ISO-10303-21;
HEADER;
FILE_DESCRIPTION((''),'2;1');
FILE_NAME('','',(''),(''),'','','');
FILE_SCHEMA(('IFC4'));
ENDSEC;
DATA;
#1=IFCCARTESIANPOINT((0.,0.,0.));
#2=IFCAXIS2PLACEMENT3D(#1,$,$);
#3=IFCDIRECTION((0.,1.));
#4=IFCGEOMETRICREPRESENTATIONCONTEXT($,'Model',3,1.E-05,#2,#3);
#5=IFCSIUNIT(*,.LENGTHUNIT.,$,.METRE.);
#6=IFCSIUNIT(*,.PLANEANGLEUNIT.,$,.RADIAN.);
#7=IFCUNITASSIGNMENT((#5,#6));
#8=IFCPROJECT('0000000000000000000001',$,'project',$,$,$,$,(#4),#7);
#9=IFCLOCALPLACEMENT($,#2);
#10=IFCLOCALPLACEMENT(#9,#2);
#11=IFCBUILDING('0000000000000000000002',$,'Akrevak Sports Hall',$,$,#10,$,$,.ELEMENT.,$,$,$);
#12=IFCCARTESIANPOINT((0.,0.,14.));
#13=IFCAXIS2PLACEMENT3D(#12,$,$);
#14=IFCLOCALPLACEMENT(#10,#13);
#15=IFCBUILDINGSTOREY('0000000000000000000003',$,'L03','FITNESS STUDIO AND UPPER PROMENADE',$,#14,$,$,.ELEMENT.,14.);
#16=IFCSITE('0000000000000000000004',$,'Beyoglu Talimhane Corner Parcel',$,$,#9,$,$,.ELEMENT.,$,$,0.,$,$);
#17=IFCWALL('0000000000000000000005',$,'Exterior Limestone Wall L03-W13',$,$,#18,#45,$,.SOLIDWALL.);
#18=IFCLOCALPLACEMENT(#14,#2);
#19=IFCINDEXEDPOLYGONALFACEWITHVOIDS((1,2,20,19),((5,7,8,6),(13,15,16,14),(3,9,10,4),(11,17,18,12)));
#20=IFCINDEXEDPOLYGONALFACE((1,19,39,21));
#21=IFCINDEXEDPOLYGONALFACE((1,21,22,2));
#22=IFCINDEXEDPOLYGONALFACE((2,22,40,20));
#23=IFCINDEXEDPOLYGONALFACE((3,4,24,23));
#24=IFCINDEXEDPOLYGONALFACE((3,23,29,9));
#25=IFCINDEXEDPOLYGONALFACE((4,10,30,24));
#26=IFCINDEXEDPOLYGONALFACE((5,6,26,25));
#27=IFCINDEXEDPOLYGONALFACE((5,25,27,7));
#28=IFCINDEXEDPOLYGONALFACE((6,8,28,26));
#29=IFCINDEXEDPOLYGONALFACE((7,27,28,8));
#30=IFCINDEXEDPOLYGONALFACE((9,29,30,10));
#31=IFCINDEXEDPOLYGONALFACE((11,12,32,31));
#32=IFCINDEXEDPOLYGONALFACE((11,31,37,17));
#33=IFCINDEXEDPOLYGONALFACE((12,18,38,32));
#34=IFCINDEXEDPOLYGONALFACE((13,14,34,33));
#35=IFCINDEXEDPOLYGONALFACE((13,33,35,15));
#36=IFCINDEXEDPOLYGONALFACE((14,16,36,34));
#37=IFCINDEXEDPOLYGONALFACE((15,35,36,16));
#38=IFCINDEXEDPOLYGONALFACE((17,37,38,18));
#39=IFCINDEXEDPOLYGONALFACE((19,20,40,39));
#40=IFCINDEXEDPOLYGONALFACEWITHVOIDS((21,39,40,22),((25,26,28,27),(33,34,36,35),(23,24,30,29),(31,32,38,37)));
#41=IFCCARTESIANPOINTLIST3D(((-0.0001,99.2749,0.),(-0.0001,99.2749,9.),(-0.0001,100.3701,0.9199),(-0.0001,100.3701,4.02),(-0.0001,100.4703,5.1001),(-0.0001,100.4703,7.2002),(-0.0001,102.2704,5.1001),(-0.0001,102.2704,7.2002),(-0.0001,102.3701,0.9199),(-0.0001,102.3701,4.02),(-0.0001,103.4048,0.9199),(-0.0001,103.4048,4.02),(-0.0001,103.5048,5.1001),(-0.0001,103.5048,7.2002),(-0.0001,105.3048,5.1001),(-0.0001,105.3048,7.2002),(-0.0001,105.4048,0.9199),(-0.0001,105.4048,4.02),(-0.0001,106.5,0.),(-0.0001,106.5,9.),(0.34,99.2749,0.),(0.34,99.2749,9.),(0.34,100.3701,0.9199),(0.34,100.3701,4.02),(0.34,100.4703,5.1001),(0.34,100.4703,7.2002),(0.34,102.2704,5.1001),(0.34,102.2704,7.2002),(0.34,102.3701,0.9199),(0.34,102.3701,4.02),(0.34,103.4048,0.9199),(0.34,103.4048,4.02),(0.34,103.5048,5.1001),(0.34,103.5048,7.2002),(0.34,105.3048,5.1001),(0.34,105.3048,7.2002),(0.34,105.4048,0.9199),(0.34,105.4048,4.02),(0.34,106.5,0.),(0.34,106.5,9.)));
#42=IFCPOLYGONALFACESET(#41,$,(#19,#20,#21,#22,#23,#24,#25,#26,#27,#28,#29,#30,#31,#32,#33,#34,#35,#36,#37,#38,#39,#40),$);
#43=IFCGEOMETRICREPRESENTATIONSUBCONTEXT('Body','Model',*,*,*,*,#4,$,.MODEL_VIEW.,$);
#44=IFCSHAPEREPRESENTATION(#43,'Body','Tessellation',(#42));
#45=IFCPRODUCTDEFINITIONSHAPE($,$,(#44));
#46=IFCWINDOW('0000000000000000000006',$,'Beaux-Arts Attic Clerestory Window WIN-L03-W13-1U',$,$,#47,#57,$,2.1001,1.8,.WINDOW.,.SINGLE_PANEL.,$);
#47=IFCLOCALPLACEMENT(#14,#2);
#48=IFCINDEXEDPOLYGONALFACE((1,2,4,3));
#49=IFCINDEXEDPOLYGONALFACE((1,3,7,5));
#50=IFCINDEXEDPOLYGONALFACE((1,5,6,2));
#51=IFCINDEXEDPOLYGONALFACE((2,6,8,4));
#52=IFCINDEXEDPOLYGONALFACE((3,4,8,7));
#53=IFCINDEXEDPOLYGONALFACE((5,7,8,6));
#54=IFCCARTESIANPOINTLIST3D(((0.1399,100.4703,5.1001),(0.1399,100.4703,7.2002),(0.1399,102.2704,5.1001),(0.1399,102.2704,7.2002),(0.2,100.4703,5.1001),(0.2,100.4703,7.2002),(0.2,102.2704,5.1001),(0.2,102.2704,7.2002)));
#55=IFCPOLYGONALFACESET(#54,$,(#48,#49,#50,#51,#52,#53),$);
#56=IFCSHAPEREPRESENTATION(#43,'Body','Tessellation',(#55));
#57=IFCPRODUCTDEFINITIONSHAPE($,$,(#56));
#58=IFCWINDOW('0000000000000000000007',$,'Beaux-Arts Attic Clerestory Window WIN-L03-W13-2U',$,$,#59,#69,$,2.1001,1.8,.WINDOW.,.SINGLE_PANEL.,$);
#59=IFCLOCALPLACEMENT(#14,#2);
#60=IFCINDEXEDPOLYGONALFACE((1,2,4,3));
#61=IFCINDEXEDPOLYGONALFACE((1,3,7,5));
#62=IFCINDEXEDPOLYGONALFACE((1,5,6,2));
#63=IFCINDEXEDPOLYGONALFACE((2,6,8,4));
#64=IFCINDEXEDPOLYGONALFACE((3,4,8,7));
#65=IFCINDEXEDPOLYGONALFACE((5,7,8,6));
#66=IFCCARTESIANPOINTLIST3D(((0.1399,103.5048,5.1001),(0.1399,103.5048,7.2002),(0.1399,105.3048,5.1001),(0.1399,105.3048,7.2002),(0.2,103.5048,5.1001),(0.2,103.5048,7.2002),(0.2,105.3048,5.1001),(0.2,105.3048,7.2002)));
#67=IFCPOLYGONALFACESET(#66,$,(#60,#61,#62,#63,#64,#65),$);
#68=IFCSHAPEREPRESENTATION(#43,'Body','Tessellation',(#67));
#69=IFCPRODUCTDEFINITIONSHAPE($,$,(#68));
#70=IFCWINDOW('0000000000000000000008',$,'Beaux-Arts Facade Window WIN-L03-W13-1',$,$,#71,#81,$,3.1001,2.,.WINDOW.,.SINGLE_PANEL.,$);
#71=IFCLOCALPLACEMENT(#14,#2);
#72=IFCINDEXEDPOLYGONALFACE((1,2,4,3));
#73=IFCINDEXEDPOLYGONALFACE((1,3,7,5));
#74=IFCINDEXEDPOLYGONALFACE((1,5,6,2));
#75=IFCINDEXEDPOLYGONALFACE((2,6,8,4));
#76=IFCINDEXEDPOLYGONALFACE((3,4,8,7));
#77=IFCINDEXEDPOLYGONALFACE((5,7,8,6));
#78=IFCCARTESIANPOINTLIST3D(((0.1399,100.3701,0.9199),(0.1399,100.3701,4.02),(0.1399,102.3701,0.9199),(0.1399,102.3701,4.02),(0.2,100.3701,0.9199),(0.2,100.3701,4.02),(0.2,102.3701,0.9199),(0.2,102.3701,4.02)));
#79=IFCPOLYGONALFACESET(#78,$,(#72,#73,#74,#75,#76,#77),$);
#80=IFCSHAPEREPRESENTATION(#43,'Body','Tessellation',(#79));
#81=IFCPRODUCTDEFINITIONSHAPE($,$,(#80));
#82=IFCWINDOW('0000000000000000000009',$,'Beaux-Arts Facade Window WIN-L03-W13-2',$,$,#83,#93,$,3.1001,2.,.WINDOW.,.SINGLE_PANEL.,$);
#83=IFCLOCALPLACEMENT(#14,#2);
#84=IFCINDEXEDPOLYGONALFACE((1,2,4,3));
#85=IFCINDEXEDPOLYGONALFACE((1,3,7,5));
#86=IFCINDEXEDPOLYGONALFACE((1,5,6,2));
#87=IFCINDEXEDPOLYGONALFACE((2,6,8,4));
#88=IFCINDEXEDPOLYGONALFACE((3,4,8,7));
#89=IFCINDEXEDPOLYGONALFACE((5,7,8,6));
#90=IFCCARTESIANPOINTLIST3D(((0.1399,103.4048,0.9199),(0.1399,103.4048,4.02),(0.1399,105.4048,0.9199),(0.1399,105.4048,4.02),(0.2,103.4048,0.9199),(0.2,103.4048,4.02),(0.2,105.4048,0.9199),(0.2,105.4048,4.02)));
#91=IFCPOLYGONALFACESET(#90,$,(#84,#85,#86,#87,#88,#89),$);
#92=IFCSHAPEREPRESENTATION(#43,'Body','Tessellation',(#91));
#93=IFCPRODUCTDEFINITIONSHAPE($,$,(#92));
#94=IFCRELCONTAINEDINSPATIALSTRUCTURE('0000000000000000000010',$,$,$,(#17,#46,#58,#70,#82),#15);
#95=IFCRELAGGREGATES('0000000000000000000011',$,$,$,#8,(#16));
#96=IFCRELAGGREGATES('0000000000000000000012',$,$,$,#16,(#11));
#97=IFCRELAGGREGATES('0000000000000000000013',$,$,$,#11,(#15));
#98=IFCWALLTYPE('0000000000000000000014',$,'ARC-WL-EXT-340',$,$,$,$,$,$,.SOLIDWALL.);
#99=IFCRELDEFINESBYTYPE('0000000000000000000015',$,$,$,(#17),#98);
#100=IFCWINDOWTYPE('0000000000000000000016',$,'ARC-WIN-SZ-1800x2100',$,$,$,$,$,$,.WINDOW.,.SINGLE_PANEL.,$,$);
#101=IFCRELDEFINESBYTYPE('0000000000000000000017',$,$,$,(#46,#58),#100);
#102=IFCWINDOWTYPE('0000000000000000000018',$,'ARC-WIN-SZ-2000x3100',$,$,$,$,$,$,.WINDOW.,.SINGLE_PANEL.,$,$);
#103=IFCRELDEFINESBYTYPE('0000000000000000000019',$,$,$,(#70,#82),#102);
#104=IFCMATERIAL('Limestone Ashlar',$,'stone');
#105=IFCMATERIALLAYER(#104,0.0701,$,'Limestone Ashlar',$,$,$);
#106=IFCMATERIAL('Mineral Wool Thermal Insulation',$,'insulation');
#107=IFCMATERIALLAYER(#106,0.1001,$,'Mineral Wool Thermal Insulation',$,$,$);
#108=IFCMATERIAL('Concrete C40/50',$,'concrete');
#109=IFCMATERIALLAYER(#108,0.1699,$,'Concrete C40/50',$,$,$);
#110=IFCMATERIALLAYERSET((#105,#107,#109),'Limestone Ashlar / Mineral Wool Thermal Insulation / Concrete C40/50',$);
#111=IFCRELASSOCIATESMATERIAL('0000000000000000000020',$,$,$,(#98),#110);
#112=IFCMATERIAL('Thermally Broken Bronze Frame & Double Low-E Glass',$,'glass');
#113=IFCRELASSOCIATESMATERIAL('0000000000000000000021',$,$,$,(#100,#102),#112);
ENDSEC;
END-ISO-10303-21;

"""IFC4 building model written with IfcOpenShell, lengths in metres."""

from ifc_helpers import new_model, si_unit, direction, frame, frame_2d, origin, place, context, subcontext, project, spatial, rectangle, extrude, material, layer, layer_set, type_object, element, fill, save


model = new_model("IFC4")

# Units and contexts
model_context = context("Model", 3, precision=1e-05, world=origin(), true_north=direction((0.0, 1.0)))
body_context = subcontext(model_context, "Body", "Model", "MODEL_VIEW")
ifc_project = project(units=[si_unit("LENGTHUNIT", "METRE"), si_unit("PLANEANGLEUNIT", "RADIAN")], contexts=[model_context])

# Site, building, storey
site_placement = place(None, origin())
site = spatial("IfcSite", under=ifc_project, at=site_placement, Name="Beyoglu Talimhane Corner Parcel", CompositionType="ELEMENT", RefElevation=0.0)
building_placement = place(site_placement, origin())
building = spatial("IfcBuilding", under=site, at=building_placement, Name="Akrevak Sports Hall", CompositionType="ELEMENT")
storey_placement = place(building_placement, frame((0.0, 0.0, 14.0)))
storey = spatial("IfcBuildingStorey", under=building, at=storey_placement, Name="L03", Description="FITNESS STUDIO AND UPPER PROMENADE", CompositionType="ELEMENT", Elevation=14.0)

# Shared definitions
ifc_material_1 = material(Name="Concrete C40/50", Category="concrete")

# Wall, openings, windows
ifc_material_2 = material(Name="Limestone Ashlar", Category="stone")
ifc_layer_1 = layer(ifc_material_2, 0.0701, Name="Limestone Ashlar")
ifc_material_3 = material(Name="Mineral Wool Thermal Insulation", Category="insulation")
ifc_layer_2 = layer(ifc_material_3, 0.1001, Name="Mineral Wool Thermal Insulation")
ifc_layer_3 = layer(ifc_material_1, 0.1699, Name="Concrete C40/50")
ifc_layer_set = layer_set([ifc_layer_1, ifc_layer_2, ifc_layer_3], Name="Limestone Ashlar / Mineral Wool Thermal Insulation / Concrete C40/50")
wall_type = type_object("IfcWallType", Name="ARC-WL-EXT-340", PredefinedType="SOLIDWALL", material=ifc_layer_set)
ifc_material_4 = material(Name="Thermally Broken Bronze Frame & Double Low-E Glass", Category="glass")
window_type_1 = type_object("IfcWindowType", Name="ARC-WIN-SZ-1800x2100", PartitioningType="SINGLE_PANEL", PredefinedType="WINDOW", material=ifc_material_4)
window_type_2 = type_object("IfcWindowType", Name="ARC-WIN-SZ-2000x3100", PartitioningType="SINGLE_PANEL", PredefinedType="WINDOW", material=ifc_material_4)
wall_1_placement = place(storey_placement, frame((0.1699, 106.5, 0.0), z_axis=(0.0, 0.0, 1.0), x_axis=(0.0, -1.0, 0.0)))
wall_1 = element("IfcWall", 1, at=wall_1_placement, inside=storey, type_object=wall_type, Name="Exterior Limestone Wall L03-W13", PredefinedType="SOLIDWALL", context=body_context, shape_type="SweptSolid", body=[
    extrude(rectangle(XDim=7.2251, YDim=0.3401, at=frame_2d((3.6125, 0.0))), origin(), (0.0, 0.0, 1.0), 9.0),
])
opening_1_placement = place(wall_1_placement, frame((4.1299, 0.0, 0.9199)))
opening_1 = element("IfcOpeningElement", 2, at=opening_1_placement, cuts=wall_1, PredefinedType="OPENING", context=body_context, shape_type="SweptSolid", body=[
    extrude(rectangle(XDim=2.0, YDim=3.1001, at=frame_2d((1.0, 1.55))), frame((0.0, 0.1821, 0.0), z_axis=(0.0, -1.0, 0.0), x_axis=(1.0, 0.0, 0.0)), (0.0, 0.0, 1.0), 0.364),
])
opening_2_placement = place(wall_1_placement, frame((4.2297, 0.0, 5.1001)))
opening_2 = element("IfcOpeningElement", 3, at=opening_2_placement, cuts=wall_1, PredefinedType="OPENING", context=body_context, shape_type="SweptSolid", body=[
    extrude(rectangle(XDim=1.8, YDim=2.1001, at=frame_2d((0.8999, 1.05))), frame((0.0, 0.1821, 0.0), z_axis=(0.0, -1.0, 0.0), x_axis=(1.0, 0.0, 0.0)), (0.0, 0.0, 1.0), 0.364),
])
opening_3_placement = place(wall_1_placement, frame((1.0952, 0.0, 0.9199)))
opening_3 = element("IfcOpeningElement", 4, at=opening_3_placement, cuts=wall_1, PredefinedType="OPENING", context=body_context, shape_type="SweptSolid", body=[
    extrude(rectangle(XDim=2.0, YDim=3.1001, at=frame_2d((1.0, 1.55))), frame((0.0, 0.1821, 0.0), z_axis=(0.0, -1.0, 0.0), x_axis=(1.0, 0.0, 0.0)), (0.0, 0.0, 1.0), 0.364),
])
opening_4_placement = place(wall_1_placement, frame((1.1953, 0.0, 5.1001)))
opening_4 = element("IfcOpeningElement", 5, at=opening_4_placement, cuts=wall_1, PredefinedType="OPENING", context=body_context, shape_type="SweptSolid", body=[
    extrude(rectangle(XDim=1.8, YDim=2.1001, at=frame_2d((0.8999, 1.05))), frame((0.0, 0.1821, 0.0), z_axis=(0.0, -1.0, 0.0), x_axis=(1.0, 0.0, 0.0)), (0.0, 0.0, 1.0), 0.364),
])
window_1_placement = place(opening_2_placement, origin())
window_1 = element("IfcWindow", 6, at=window_1_placement, inside=storey, type_object=window_type_1, Name="Beaux-Arts Attic Clerestory Window WIN-L03-W13-1U", OverallHeight=2.1001, OverallWidth=1.8, PartitioningType="SINGLE_PANEL", PredefinedType="WINDOW", context=body_context, shape_type="SweptSolid", body=[
    extrude(rectangle(XDim=1.8, YDim=2.1001, at=frame_2d((0.8999, 1.05))), frame((0.0, 0.03, 0.0), z_axis=(0.0, -1.0, 0.0), x_axis=(1.0, 0.0, 0.0)), (0.0, 0.0, 1.0), 0.0601),
])
fill(opening_2, window_1)
window_2_placement = place(opening_4_placement, origin())
window_2 = element("IfcWindow", 7, at=window_2_placement, inside=storey, type_object=window_type_1, Name="Beaux-Arts Attic Clerestory Window WIN-L03-W13-2U", OverallHeight=2.1001, OverallWidth=1.8, PartitioningType="SINGLE_PANEL", PredefinedType="WINDOW", context=body_context, shape_type="SweptSolid", body=[
    extrude(rectangle(XDim=1.8, YDim=2.1001, at=frame_2d((0.8999, 1.05))), frame((0.0, 0.03, 0.0), z_axis=(0.0, -1.0, 0.0), x_axis=(1.0, 0.0, 0.0)), (0.0, 0.0, 1.0), 0.0601),
])
fill(opening_4, window_2)
window_3_placement = place(opening_1_placement, origin())
window_3 = element("IfcWindow", 8, at=window_3_placement, inside=storey, type_object=window_type_2, Name="Beaux-Arts Facade Window WIN-L03-W13-1", OverallHeight=3.1001, OverallWidth=2.0, PartitioningType="SINGLE_PANEL", PredefinedType="WINDOW", context=body_context, shape_type="SweptSolid", body=[
    extrude(rectangle(XDim=2.0, YDim=3.1001, at=frame_2d((1.0, 1.55))), frame((0.0, 0.03, 0.0), z_axis=(0.0, -1.0, 0.0), x_axis=(1.0, 0.0, 0.0)), (0.0, 0.0, 1.0), 0.0601),
])
fill(opening_1, window_3)
window_4_placement = place(opening_3_placement, origin())
window_4 = element("IfcWindow", 9, at=window_4_placement, inside=storey, type_object=window_type_2, Name="Beaux-Arts Facade Window WIN-L03-W13-2", OverallHeight=3.1001, OverallWidth=2.0, PartitioningType="SINGLE_PANEL", PredefinedType="WINDOW", context=body_context, shape_type="SweptSolid", body=[
    extrude(rectangle(XDim=2.0, YDim=3.1001, at=frame_2d((1.0, 1.55))), frame((0.0, 0.03, 0.0), z_axis=(0.0, -1.0, 0.0), x_axis=(1.0, 0.0, 0.0)), (0.0, 0.0, 1.0), 0.0601),
])
fill(opening_3, window_4)

save(model, "model.ifc")
